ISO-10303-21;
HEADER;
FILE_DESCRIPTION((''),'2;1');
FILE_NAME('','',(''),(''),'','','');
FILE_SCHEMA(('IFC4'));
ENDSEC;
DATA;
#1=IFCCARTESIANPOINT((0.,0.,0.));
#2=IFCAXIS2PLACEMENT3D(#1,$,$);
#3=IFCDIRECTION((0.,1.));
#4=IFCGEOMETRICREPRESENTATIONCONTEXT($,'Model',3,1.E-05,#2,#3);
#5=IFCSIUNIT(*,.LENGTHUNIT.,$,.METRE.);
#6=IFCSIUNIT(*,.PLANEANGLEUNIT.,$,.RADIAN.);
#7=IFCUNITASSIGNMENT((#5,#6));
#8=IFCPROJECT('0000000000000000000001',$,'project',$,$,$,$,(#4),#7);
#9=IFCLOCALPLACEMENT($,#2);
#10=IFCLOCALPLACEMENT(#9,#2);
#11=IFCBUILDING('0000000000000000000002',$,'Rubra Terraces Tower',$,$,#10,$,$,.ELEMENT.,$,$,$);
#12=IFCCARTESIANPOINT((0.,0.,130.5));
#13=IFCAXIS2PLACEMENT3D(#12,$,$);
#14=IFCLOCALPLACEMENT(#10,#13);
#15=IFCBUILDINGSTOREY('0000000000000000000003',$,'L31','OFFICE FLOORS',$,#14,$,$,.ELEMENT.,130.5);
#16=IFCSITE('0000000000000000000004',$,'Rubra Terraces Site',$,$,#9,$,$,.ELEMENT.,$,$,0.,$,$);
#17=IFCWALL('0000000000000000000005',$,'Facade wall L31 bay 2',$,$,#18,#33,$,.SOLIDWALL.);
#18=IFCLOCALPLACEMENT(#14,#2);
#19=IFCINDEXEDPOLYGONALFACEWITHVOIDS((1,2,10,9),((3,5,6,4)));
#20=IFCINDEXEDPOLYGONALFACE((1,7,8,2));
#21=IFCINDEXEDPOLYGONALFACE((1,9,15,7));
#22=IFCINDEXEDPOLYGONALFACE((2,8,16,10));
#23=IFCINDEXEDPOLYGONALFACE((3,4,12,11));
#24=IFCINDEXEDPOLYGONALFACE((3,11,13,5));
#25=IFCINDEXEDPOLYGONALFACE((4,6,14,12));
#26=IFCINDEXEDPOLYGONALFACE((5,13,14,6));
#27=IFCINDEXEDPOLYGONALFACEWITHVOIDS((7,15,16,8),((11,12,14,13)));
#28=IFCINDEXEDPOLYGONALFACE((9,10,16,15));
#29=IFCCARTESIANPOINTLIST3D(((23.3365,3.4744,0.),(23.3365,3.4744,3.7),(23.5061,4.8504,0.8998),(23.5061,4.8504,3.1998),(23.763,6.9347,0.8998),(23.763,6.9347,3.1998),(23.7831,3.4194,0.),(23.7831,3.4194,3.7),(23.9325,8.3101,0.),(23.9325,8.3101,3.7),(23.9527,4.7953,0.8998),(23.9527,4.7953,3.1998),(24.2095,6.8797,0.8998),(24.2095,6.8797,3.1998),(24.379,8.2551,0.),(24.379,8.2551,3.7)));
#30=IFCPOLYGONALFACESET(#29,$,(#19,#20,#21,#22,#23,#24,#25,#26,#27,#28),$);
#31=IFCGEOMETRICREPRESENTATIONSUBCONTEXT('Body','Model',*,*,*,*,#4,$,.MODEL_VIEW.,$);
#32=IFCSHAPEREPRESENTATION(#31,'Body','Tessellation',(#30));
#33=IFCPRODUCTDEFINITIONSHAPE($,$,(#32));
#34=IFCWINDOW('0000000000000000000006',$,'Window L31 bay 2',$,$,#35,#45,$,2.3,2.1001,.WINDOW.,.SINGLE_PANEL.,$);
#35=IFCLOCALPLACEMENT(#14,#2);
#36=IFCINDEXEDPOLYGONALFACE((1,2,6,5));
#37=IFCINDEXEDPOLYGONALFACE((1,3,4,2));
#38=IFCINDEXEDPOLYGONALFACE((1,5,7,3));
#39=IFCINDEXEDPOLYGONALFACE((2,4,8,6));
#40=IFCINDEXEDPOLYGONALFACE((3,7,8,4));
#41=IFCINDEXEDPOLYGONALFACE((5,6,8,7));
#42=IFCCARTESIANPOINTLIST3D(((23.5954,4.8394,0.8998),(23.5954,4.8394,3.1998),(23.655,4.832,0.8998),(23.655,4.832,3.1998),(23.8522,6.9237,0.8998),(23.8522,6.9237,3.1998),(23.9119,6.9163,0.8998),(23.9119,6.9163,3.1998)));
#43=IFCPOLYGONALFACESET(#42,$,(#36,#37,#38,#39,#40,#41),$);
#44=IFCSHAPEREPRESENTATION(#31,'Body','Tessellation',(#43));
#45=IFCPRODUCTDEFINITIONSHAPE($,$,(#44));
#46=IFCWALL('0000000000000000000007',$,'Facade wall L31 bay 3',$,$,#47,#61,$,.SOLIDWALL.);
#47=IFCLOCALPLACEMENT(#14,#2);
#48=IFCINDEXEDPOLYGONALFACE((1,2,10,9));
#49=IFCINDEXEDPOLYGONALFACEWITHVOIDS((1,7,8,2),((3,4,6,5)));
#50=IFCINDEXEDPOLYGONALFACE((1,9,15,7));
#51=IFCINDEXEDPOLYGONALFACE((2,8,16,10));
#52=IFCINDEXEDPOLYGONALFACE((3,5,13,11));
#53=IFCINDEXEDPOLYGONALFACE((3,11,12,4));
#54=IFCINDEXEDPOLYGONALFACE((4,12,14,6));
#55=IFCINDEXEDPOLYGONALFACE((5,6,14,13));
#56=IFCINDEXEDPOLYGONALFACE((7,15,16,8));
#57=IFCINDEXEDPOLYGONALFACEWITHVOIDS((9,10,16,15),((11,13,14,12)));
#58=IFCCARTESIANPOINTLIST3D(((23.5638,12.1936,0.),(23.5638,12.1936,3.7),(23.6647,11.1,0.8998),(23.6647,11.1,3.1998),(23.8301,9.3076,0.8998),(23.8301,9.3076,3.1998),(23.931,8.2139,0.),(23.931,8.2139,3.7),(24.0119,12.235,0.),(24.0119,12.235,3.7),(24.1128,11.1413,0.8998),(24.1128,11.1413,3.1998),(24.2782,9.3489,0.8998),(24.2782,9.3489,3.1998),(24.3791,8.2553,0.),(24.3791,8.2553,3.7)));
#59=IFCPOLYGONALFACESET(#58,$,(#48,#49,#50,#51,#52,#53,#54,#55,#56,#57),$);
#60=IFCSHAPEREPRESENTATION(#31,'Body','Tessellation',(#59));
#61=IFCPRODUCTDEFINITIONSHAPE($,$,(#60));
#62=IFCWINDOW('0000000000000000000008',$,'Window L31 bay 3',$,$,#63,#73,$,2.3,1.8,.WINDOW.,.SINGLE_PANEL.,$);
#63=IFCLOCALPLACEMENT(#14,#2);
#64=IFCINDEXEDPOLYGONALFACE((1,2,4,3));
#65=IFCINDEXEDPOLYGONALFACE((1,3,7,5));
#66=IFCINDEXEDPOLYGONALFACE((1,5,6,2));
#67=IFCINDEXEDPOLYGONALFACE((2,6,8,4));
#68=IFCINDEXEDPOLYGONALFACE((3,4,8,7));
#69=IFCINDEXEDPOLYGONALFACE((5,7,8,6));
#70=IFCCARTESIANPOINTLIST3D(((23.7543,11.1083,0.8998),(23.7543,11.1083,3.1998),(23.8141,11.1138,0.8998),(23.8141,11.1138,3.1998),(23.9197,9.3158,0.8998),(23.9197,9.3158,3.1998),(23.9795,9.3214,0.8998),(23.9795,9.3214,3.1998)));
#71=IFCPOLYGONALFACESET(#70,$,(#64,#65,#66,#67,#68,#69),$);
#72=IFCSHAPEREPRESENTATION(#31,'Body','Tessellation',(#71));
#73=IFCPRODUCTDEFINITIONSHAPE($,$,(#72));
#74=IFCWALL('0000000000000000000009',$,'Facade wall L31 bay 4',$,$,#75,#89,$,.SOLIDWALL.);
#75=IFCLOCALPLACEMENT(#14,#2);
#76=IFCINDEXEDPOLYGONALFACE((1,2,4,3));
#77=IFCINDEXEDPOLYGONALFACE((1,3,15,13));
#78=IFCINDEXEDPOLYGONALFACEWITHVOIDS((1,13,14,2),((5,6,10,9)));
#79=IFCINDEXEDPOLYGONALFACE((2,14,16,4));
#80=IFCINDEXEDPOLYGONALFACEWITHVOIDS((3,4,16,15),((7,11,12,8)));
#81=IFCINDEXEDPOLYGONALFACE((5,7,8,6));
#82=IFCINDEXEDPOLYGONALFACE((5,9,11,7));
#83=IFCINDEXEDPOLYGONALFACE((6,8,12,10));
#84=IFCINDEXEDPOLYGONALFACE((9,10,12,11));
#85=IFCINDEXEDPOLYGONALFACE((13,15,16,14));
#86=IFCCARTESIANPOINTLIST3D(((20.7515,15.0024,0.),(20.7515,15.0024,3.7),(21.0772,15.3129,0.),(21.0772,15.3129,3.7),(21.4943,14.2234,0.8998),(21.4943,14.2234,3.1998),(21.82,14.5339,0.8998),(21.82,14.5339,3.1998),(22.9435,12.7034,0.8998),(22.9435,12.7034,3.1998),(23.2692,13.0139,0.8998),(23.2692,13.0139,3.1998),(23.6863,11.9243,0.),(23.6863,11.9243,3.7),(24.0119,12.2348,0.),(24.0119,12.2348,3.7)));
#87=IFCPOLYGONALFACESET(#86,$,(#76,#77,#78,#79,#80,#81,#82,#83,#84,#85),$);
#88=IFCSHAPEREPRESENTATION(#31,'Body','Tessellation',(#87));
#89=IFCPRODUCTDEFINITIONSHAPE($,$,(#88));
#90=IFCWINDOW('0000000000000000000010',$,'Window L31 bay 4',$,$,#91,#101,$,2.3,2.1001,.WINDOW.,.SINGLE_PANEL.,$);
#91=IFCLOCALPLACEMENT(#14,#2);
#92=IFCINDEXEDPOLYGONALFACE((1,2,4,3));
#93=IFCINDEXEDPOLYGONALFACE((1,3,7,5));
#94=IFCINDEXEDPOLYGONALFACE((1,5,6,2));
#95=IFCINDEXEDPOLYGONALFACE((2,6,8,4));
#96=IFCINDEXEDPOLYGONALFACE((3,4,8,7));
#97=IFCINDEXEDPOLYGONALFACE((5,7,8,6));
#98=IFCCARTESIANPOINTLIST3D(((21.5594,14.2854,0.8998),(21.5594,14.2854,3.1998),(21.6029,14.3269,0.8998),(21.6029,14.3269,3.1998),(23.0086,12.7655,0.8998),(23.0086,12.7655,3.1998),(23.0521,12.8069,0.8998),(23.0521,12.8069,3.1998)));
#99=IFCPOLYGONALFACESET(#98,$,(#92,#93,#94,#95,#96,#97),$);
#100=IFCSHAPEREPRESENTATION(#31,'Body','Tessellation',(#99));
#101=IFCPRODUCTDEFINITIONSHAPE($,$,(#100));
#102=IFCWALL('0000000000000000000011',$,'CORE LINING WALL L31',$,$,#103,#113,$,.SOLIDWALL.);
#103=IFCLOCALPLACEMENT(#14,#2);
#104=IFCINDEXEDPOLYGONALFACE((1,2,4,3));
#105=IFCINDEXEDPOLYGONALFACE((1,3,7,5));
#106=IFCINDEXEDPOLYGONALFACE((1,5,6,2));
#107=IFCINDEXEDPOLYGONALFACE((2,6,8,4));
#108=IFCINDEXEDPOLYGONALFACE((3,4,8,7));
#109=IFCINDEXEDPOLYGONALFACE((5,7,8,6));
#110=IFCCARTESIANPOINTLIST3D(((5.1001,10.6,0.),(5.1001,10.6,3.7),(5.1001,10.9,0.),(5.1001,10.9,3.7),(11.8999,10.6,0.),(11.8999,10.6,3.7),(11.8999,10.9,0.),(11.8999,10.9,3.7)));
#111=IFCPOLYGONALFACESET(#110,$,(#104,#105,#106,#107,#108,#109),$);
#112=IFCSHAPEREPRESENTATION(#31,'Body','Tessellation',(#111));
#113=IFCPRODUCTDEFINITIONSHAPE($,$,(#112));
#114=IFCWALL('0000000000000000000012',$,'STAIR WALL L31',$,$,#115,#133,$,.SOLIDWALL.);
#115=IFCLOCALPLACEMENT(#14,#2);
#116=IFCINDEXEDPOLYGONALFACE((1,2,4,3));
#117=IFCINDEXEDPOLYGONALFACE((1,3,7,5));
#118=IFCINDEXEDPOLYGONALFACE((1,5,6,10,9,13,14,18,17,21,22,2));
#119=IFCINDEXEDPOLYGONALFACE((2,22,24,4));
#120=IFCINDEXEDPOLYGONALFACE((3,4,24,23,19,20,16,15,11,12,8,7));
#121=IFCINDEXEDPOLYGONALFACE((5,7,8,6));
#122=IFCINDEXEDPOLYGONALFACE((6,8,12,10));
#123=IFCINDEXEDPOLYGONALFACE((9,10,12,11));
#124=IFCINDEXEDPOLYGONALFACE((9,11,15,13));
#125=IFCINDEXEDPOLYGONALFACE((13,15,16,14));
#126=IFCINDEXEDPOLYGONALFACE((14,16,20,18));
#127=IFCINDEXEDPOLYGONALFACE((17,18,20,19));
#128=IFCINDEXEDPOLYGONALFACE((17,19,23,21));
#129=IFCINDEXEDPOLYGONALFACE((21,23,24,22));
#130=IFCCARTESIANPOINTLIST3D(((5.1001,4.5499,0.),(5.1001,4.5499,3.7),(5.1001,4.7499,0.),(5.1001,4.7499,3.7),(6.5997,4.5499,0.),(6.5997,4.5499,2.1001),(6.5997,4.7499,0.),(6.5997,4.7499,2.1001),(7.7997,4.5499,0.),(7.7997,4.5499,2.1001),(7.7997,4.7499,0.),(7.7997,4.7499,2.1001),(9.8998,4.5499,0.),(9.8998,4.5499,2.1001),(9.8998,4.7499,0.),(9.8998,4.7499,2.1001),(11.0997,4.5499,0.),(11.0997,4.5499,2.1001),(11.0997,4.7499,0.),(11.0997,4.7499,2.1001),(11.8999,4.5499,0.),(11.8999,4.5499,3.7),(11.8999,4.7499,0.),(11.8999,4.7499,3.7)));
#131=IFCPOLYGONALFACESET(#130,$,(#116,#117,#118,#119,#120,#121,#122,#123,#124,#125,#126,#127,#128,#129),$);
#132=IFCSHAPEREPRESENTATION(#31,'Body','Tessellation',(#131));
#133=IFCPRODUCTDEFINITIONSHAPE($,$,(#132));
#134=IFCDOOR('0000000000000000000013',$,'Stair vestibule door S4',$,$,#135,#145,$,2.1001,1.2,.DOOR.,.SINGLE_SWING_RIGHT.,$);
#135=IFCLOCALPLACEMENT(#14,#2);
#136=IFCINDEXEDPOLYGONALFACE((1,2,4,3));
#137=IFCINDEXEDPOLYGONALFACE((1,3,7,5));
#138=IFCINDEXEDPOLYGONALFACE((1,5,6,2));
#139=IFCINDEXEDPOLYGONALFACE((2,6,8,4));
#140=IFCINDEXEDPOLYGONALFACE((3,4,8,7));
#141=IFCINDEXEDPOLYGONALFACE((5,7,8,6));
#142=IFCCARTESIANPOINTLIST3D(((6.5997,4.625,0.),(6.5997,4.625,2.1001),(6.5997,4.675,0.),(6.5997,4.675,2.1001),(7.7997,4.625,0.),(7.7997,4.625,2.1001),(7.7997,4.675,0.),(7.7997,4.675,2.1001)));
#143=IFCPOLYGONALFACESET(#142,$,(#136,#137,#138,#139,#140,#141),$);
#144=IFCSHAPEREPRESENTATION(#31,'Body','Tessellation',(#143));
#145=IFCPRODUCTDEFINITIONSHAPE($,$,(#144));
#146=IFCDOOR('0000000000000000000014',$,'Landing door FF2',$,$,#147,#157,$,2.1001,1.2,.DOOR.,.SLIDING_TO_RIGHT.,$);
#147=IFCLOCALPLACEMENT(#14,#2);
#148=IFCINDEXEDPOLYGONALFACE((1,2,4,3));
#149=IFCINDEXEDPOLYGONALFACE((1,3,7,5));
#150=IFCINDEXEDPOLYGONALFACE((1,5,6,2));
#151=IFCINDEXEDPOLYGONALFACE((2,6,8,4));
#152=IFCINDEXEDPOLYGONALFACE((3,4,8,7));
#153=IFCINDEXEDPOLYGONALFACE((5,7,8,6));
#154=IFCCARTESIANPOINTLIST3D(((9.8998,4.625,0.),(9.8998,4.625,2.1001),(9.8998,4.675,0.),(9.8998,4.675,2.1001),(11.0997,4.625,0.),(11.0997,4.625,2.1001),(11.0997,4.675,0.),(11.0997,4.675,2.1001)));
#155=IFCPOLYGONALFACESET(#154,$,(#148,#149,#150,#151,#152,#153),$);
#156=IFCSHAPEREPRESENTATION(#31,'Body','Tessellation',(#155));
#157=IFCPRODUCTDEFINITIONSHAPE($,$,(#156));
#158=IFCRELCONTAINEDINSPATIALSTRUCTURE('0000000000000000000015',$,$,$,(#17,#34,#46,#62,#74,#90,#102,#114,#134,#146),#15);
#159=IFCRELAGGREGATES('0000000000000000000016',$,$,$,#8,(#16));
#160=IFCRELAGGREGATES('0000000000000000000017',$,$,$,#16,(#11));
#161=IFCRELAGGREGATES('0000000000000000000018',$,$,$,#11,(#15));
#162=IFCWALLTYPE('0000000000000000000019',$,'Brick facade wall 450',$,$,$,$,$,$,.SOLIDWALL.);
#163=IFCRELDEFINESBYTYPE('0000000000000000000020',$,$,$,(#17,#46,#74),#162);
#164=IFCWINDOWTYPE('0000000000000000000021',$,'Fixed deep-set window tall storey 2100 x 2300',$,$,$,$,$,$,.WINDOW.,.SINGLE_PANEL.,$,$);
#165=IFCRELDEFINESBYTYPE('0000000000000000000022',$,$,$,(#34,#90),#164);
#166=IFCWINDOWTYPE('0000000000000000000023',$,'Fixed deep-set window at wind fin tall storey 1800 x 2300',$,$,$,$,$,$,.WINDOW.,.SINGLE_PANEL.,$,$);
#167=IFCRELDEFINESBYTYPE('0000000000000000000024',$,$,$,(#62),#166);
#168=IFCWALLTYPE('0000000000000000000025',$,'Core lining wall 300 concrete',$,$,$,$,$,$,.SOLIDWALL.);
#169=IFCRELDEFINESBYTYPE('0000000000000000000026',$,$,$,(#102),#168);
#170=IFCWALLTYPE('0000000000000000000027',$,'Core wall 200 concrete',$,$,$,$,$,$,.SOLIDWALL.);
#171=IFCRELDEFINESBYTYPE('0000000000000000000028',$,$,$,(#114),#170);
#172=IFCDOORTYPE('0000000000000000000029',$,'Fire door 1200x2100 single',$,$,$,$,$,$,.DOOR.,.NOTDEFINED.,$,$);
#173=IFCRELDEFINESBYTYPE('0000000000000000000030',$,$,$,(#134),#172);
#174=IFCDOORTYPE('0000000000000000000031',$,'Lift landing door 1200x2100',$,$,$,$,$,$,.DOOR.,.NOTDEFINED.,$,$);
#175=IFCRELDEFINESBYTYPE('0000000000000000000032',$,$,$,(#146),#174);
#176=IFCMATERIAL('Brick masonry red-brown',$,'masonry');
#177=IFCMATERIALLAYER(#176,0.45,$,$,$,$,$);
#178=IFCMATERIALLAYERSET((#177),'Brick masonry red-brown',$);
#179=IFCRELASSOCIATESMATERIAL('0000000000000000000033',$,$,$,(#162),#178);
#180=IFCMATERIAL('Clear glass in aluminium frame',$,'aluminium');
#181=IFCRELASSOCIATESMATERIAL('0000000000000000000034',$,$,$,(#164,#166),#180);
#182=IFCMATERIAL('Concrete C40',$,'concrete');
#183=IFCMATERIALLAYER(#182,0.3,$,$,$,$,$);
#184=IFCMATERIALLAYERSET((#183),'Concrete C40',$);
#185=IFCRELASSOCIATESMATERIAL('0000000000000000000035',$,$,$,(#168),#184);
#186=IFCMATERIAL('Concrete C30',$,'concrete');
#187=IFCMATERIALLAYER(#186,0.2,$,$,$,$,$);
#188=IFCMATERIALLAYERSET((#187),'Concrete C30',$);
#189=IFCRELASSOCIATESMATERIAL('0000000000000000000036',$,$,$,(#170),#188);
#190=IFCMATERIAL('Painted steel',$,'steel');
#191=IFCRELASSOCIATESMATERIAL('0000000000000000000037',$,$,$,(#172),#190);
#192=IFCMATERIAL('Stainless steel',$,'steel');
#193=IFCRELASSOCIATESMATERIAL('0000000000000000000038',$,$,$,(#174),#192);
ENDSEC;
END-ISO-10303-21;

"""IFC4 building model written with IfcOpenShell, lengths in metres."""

from ifc_helpers import new_model, si_unit, direction, frame, frame_2d, origin, place, context, subcontext, project, spatial, rectangle, extrude, material, layer, layer_set, type_object, element, fill, save


model = new_model("IFC4")

# Units and contexts
model_context = context("Model", 3, precision=1e-05, world=origin(), true_north=direction((0.0, 1.0)))
body_context = subcontext(model_context, "Body", "Model", "MODEL_VIEW")
ifc_project = project(units=[si_unit("LENGTHUNIT", "METRE"), si_unit("PLANEANGLEUNIT", "RADIAN")], contexts=[model_context])

# Site, building, storey
site_placement = place(None, origin())
site = spatial("IfcSite", under=ifc_project, at=site_placement, Name="Rubra Terraces Site", CompositionType="ELEMENT", RefElevation=0.0)
building_placement = place(site_placement, origin())
building = spatial("IfcBuilding", under=site, at=building_placement, Name="Rubra Terraces Tower", CompositionType="ELEMENT")
storey_placement = place(building_placement, frame((0.0, 0.0, 130.5)))
storey = spatial("IfcBuildingStorey", under=building, at=storey_placement, Name="L31", Description="OFFICE FLOORS", CompositionType="ELEMENT", Elevation=130.5)

# Walls, openings, windows
ifc_material_1 = material(Name="Brick masonry red-brown", Category="masonry")
ifc_layer_1 = layer(ifc_material_1, 0.45)
ifc_layer_set_1 = layer_set([ifc_layer_1], Name="Brick masonry red-brown")
wall_type_1 = type_object("IfcWallType", Name="Brick facade wall 450", PredefinedType="SOLIDWALL", material=ifc_layer_set_1)
wall_1_placement = place(storey_placement, frame((23.5598, 3.447, 0.0), z_axis=(0.0, 0.0, 1.0), x_axis=(0.122314, 0.992491, 0.0)))
wall_1 = element("IfcWall", 1, at=wall_1_placement, inside=storey, type_object=wall_type_1, Name="Facade wall L31 bay 2", PredefinedType="SOLIDWALL", context=body_context, shape_type="SweptSolid", body=[
    extrude(rectangle(XDim=4.8723, YDim=0.45, at=frame_2d((2.436, 0.0))), origin(), (0.0, 0.0, 1.0), 3.7),
])
opening_1_placement = place(wall_1_placement, frame((1.3862, 0.0, 0.8999)))
opening_1 = element("IfcOpeningElement", 2, at=opening_1_placement, cuts=wall_1, PredefinedType="OPENING", context=body_context, shape_type="SweptSolid", body=[
    extrude(rectangle(XDim=2.1001, YDim=2.3, at=frame_2d((1.05, 1.1499))), frame((0.0, 0.2349, 0.0), z_axis=(0.0, -1.0, 0.0), x_axis=(1.0, 0.0, 0.0)), (0.0, 0.0, 1.0), 0.47),
])
ifc_material_2 = material(Name="Clear glass in aluminium frame", Category="aluminium")
window_type_1 = type_object("IfcWindowType", Name="Fixed deep-set window tall storey 2100 x 2300", PartitioningType="SINGLE_PANEL", PredefinedType="WINDOW", material=ifc_material_2)
window_1_placement = place(opening_1_placement, origin())
window_1 = element("IfcWindow", 3, at=window_1_placement, inside=storey, type_object=window_type_1, Name="Window L31 bay 2", OverallHeight=2.3, OverallWidth=2.1001, PartitioningType="SINGLE_PANEL", PredefinedType="WINDOW", context=body_context, shape_type="SweptSolid", body=[
    extrude(rectangle(XDim=2.1001, YDim=2.3, at=frame_2d((1.05, 1.1499))), frame((0.0, 0.135, 0.0), z_axis=(0.0, -1.0, 0.0), x_axis=(1.0, 0.0, 0.0)), (0.0, 0.0, 1.0), 0.0601),
])
fill(opening_1, window_1)
wall_2_placement = place(storey_placement, frame((24.155, 8.2346, 0.0), z_axis=(0.0, 0.0, 1.0), x_axis=(-0.091874, 0.995771, 0.0)))
wall_2 = element("IfcWall", 4, at=wall_2_placement, inside=storey, type_object=wall_type_1, Name="Facade wall L31 bay 3", PredefinedType="SOLIDWALL", context=body_context, shape_type="SweptSolid", body=[
    extrude(rectangle(XDim=3.9966, YDim=0.45, at=frame_2d((1.9983, 0.0))), origin(), (0.0, 0.0, 1.0), 3.7),
])
opening_2_placement = place(wall_2_placement, frame((1.0984, 0.0, 0.8999)))
opening_2 = element("IfcOpeningElement", 5, at=opening_2_placement, cuts=wall_2, PredefinedType="OPENING", context=body_context, shape_type="SweptSolid", body=[
    extrude(rectangle(XDim=1.8, YDim=2.3, at=frame_2d((0.8999, 1.1499))), frame((0.0, 0.2349, 0.0), z_axis=(0.0, -1.0, 0.0), x_axis=(1.0, 0.0, 0.0)), (0.0, 0.0, 1.0), 0.47),
])
window_type_2 = type_object("IfcWindowType", Name="Fixed deep-set window at wind fin tall storey 1800 x 2300", PartitioningType="SINGLE_PANEL", PredefinedType="WINDOW", material=ifc_material_2)
window_2_placement = place(opening_2_placement, origin())
window_2 = element("IfcWindow", 6, at=window_2_placement, inside=storey, type_object=window_type_2, Name="Window L31 bay 3", OverallHeight=2.3, OverallWidth=1.8, PartitioningType="SINGLE_PANEL", PredefinedType="WINDOW", context=body_context, shape_type="SweptSolid", body=[
    extrude(rectangle(XDim=1.8, YDim=2.3, at=frame_2d((0.8999, 1.1499))), frame((0.0, 0.135, 0.0), z_axis=(0.0, -1.0, 0.0), x_axis=(1.0, 0.0, 0.0)), (0.0, 0.0, 1.0), 0.0601),
])
fill(opening_2, window_2)
wall_3_placement = place(storey_placement, frame((23.8491, 12.0796, 0.0), z_axis=(0.0, 0.0, 1.0), x_axis=(-0.690058, 0.723754, 0.0)))
wall_3 = element("IfcWall", 7, at=wall_3_placement, inside=storey, type_object=wall_type_1, Name="Facade wall L31 bay 4", PredefinedType="SOLIDWALL", context=body_context, shape_type="SweptSolid", body=[
    extrude(rectangle(XDim=4.2529, YDim=0.45, at=frame_2d((2.1265, 0.0))), origin(), (0.0, 0.0, 1.0), 3.7),
])
opening_3_placement = place(wall_3_placement, frame((1.0764, 0.0, 0.8999)))
opening_3 = element("IfcOpeningElement", 8, at=opening_3_placement, cuts=wall_3, PredefinedType="OPENING", context=body_context, shape_type="SweptSolid", body=[
    extrude(rectangle(XDim=2.1001, YDim=2.3, at=frame_2d((1.05, 1.1499))), frame((0.0, 0.2349, 0.0), z_axis=(0.0, -1.0, 0.0), x_axis=(1.0, 0.0, 0.0)), (0.0, 0.0, 1.0), 0.47),
])
window_3_placement = place(opening_3_placement, origin())
window_3 = element("IfcWindow", 9, at=window_3_placement, inside=storey, type_object=window_type_1, Name="Window L31 bay 4", OverallHeight=2.3, OverallWidth=2.1001, PartitioningType="SINGLE_PANEL", PredefinedType="WINDOW", context=body_context, shape_type="SweptSolid", body=[
    extrude(rectangle(XDim=2.1001, YDim=2.3, at=frame_2d((1.05, 1.1499))), frame((0.0, 0.135, 0.0), z_axis=(0.0, -1.0, 0.0), x_axis=(1.0, 0.0, 0.0)), (0.0, 0.0, 1.0), 0.0601),
])
fill(opening_3, window_3)

# Wall
ifc_material_3 = material(Name="Concrete C40", Category="concrete")
ifc_layer_2 = layer(ifc_material_3, 0.3)
ifc_layer_set_2 = layer_set([ifc_layer_2], Name="Concrete C40")
wall_type_2 = type_object("IfcWallType", Name="Core lining wall 300 concrete", PredefinedType="SOLIDWALL", material=ifc_layer_set_2)
wall_4_placement = place(storey_placement, frame((11.8999, 10.75, 0.0), z_axis=(0.0, 0.0, 1.0), x_axis=(-1.0, 0.0, 0.0)))
element("IfcWall", 10, at=wall_4_placement, inside=storey, type_object=wall_type_2, Name="CORE LINING WALL L31", PredefinedType="SOLIDWALL", context=body_context, shape_type="SweptSolid", body=[
    extrude(rectangle(XDim=6.7998, YDim=0.3, at=frame_2d((3.3999, 0.0))), origin(), (0.0, 0.0, 1.0), 3.7),
])

# Wall, openings, doors
ifc_material_4 = material(Name="Concrete C30", Category="concrete")
ifc_layer_3 = layer(ifc_material_4, 0.2)
ifc_layer_set_3 = layer_set([ifc_layer_3], Name="Concrete C30")
wall_type_3 = type_object("IfcWallType", Name="Core wall 200 concrete", PredefinedType="SOLIDWALL", material=ifc_layer_set_3)
wall_5_placement = place(storey_placement, frame((11.8999, 4.6499, 0.0), z_axis=(0.0, 0.0, 1.0), x_axis=(-1.0, 0.0, 0.0)))
wall_5 = element("IfcWall", 11, at=wall_5_placement, inside=storey, type_object=wall_type_3, Name="STAIR WALL L31", PredefinedType="SOLIDWALL", context=body_context, shape_type="SweptSolid", body=[
    extrude(rectangle(XDim=6.7998, YDim=0.2, at=frame_2d((3.3999, 0.0))), origin(), (0.0, 0.0, 1.0), 3.7),
])
opening_4_placement = place(wall_5_placement, frame((4.1001, 0.0, 0.0)))
opening_4 = element("IfcOpeningElement", 12, at=opening_4_placement, cuts=wall_5, PredefinedType="OPENING", context=body_context, shape_type="SweptSolid", body=[
    extrude(rectangle(XDim=1.2, YDim=2.1001, at=frame_2d((0.6001, 1.05))), frame((0.0, 0.1099, 0.0), z_axis=(0.0, -1.0, 0.0), x_axis=(1.0, 0.0, 0.0)), (0.0, 0.0, 1.0), 0.22),
])
opening_5_placement = place(wall_5_placement, frame((0.8, 0.0, 0.0)))
opening_5 = element("IfcOpeningElement", 13, at=opening_5_placement, cuts=wall_5, PredefinedType="OPENING", context=body_context, shape_type="SweptSolid", body=[
    extrude(rectangle(XDim=1.2, YDim=2.1001, at=frame_2d((0.6001, 1.05))), frame((0.0, 0.1099, 0.0), z_axis=(0.0, -1.0, 0.0), x_axis=(1.0, 0.0, 0.0)), (0.0, 0.0, 1.0), 0.22),
])
ifc_material_5 = material(Name="Painted steel", Category="steel")
door_type_1 = type_object("IfcDoorType", Name="Fire door 1200x2100 single", OperationType="NOTDEFINED", PredefinedType="DOOR", material=ifc_material_5)
door_1_placement = place(opening_4_placement, origin())
door_1 = element("IfcDoor", 14, at=door_1_placement, inside=storey, type_object=door_type_1, Name="Stair vestibule door S4", OperationType="SINGLE_SWING_RIGHT", OverallHeight=2.1001, OverallWidth=1.2, PredefinedType="DOOR", context=body_context, shape_type="SweptSolid", body=[
    extrude(rectangle(XDim=1.2, YDim=2.1001, at=frame_2d((0.6001, 1.05))), frame((0.0, 0.0249, 0.0), z_axis=(0.0, -1.0, 0.0), x_axis=(1.0, 0.0, 0.0)), (0.0, 0.0, 1.0), 0.05),
])
fill(opening_4, door_1)
ifc_material_6 = material(Name="Stainless steel", Category="steel")
door_type_2 = type_object("IfcDoorType", Name="Lift landing door 1200x2100", OperationType="NOTDEFINED", PredefinedType="DOOR", material=ifc_material_6)
door_2_placement = place(opening_5_placement, origin())
door_2 = element("IfcDoor", 15, at=door_2_placement, inside=storey, type_object=door_type_2, Name="Landing door FF2", OperationType="SLIDING_TO_RIGHT", OverallHeight=2.1001, OverallWidth=1.2, PredefinedType="DOOR", context=body_context, shape_type="SweptSolid", body=[
    extrude(rectangle(XDim=1.2, YDim=2.1001, at=frame_2d((0.6001, 1.05))), frame((0.0, 0.0249, 0.0), z_axis=(0.0, -1.0, 0.0), x_axis=(1.0, 0.0, 0.0)), (0.0, 0.0, 1.0), 0.05),
])
fill(opening_5, door_2)

save(model, "model.ifc")
